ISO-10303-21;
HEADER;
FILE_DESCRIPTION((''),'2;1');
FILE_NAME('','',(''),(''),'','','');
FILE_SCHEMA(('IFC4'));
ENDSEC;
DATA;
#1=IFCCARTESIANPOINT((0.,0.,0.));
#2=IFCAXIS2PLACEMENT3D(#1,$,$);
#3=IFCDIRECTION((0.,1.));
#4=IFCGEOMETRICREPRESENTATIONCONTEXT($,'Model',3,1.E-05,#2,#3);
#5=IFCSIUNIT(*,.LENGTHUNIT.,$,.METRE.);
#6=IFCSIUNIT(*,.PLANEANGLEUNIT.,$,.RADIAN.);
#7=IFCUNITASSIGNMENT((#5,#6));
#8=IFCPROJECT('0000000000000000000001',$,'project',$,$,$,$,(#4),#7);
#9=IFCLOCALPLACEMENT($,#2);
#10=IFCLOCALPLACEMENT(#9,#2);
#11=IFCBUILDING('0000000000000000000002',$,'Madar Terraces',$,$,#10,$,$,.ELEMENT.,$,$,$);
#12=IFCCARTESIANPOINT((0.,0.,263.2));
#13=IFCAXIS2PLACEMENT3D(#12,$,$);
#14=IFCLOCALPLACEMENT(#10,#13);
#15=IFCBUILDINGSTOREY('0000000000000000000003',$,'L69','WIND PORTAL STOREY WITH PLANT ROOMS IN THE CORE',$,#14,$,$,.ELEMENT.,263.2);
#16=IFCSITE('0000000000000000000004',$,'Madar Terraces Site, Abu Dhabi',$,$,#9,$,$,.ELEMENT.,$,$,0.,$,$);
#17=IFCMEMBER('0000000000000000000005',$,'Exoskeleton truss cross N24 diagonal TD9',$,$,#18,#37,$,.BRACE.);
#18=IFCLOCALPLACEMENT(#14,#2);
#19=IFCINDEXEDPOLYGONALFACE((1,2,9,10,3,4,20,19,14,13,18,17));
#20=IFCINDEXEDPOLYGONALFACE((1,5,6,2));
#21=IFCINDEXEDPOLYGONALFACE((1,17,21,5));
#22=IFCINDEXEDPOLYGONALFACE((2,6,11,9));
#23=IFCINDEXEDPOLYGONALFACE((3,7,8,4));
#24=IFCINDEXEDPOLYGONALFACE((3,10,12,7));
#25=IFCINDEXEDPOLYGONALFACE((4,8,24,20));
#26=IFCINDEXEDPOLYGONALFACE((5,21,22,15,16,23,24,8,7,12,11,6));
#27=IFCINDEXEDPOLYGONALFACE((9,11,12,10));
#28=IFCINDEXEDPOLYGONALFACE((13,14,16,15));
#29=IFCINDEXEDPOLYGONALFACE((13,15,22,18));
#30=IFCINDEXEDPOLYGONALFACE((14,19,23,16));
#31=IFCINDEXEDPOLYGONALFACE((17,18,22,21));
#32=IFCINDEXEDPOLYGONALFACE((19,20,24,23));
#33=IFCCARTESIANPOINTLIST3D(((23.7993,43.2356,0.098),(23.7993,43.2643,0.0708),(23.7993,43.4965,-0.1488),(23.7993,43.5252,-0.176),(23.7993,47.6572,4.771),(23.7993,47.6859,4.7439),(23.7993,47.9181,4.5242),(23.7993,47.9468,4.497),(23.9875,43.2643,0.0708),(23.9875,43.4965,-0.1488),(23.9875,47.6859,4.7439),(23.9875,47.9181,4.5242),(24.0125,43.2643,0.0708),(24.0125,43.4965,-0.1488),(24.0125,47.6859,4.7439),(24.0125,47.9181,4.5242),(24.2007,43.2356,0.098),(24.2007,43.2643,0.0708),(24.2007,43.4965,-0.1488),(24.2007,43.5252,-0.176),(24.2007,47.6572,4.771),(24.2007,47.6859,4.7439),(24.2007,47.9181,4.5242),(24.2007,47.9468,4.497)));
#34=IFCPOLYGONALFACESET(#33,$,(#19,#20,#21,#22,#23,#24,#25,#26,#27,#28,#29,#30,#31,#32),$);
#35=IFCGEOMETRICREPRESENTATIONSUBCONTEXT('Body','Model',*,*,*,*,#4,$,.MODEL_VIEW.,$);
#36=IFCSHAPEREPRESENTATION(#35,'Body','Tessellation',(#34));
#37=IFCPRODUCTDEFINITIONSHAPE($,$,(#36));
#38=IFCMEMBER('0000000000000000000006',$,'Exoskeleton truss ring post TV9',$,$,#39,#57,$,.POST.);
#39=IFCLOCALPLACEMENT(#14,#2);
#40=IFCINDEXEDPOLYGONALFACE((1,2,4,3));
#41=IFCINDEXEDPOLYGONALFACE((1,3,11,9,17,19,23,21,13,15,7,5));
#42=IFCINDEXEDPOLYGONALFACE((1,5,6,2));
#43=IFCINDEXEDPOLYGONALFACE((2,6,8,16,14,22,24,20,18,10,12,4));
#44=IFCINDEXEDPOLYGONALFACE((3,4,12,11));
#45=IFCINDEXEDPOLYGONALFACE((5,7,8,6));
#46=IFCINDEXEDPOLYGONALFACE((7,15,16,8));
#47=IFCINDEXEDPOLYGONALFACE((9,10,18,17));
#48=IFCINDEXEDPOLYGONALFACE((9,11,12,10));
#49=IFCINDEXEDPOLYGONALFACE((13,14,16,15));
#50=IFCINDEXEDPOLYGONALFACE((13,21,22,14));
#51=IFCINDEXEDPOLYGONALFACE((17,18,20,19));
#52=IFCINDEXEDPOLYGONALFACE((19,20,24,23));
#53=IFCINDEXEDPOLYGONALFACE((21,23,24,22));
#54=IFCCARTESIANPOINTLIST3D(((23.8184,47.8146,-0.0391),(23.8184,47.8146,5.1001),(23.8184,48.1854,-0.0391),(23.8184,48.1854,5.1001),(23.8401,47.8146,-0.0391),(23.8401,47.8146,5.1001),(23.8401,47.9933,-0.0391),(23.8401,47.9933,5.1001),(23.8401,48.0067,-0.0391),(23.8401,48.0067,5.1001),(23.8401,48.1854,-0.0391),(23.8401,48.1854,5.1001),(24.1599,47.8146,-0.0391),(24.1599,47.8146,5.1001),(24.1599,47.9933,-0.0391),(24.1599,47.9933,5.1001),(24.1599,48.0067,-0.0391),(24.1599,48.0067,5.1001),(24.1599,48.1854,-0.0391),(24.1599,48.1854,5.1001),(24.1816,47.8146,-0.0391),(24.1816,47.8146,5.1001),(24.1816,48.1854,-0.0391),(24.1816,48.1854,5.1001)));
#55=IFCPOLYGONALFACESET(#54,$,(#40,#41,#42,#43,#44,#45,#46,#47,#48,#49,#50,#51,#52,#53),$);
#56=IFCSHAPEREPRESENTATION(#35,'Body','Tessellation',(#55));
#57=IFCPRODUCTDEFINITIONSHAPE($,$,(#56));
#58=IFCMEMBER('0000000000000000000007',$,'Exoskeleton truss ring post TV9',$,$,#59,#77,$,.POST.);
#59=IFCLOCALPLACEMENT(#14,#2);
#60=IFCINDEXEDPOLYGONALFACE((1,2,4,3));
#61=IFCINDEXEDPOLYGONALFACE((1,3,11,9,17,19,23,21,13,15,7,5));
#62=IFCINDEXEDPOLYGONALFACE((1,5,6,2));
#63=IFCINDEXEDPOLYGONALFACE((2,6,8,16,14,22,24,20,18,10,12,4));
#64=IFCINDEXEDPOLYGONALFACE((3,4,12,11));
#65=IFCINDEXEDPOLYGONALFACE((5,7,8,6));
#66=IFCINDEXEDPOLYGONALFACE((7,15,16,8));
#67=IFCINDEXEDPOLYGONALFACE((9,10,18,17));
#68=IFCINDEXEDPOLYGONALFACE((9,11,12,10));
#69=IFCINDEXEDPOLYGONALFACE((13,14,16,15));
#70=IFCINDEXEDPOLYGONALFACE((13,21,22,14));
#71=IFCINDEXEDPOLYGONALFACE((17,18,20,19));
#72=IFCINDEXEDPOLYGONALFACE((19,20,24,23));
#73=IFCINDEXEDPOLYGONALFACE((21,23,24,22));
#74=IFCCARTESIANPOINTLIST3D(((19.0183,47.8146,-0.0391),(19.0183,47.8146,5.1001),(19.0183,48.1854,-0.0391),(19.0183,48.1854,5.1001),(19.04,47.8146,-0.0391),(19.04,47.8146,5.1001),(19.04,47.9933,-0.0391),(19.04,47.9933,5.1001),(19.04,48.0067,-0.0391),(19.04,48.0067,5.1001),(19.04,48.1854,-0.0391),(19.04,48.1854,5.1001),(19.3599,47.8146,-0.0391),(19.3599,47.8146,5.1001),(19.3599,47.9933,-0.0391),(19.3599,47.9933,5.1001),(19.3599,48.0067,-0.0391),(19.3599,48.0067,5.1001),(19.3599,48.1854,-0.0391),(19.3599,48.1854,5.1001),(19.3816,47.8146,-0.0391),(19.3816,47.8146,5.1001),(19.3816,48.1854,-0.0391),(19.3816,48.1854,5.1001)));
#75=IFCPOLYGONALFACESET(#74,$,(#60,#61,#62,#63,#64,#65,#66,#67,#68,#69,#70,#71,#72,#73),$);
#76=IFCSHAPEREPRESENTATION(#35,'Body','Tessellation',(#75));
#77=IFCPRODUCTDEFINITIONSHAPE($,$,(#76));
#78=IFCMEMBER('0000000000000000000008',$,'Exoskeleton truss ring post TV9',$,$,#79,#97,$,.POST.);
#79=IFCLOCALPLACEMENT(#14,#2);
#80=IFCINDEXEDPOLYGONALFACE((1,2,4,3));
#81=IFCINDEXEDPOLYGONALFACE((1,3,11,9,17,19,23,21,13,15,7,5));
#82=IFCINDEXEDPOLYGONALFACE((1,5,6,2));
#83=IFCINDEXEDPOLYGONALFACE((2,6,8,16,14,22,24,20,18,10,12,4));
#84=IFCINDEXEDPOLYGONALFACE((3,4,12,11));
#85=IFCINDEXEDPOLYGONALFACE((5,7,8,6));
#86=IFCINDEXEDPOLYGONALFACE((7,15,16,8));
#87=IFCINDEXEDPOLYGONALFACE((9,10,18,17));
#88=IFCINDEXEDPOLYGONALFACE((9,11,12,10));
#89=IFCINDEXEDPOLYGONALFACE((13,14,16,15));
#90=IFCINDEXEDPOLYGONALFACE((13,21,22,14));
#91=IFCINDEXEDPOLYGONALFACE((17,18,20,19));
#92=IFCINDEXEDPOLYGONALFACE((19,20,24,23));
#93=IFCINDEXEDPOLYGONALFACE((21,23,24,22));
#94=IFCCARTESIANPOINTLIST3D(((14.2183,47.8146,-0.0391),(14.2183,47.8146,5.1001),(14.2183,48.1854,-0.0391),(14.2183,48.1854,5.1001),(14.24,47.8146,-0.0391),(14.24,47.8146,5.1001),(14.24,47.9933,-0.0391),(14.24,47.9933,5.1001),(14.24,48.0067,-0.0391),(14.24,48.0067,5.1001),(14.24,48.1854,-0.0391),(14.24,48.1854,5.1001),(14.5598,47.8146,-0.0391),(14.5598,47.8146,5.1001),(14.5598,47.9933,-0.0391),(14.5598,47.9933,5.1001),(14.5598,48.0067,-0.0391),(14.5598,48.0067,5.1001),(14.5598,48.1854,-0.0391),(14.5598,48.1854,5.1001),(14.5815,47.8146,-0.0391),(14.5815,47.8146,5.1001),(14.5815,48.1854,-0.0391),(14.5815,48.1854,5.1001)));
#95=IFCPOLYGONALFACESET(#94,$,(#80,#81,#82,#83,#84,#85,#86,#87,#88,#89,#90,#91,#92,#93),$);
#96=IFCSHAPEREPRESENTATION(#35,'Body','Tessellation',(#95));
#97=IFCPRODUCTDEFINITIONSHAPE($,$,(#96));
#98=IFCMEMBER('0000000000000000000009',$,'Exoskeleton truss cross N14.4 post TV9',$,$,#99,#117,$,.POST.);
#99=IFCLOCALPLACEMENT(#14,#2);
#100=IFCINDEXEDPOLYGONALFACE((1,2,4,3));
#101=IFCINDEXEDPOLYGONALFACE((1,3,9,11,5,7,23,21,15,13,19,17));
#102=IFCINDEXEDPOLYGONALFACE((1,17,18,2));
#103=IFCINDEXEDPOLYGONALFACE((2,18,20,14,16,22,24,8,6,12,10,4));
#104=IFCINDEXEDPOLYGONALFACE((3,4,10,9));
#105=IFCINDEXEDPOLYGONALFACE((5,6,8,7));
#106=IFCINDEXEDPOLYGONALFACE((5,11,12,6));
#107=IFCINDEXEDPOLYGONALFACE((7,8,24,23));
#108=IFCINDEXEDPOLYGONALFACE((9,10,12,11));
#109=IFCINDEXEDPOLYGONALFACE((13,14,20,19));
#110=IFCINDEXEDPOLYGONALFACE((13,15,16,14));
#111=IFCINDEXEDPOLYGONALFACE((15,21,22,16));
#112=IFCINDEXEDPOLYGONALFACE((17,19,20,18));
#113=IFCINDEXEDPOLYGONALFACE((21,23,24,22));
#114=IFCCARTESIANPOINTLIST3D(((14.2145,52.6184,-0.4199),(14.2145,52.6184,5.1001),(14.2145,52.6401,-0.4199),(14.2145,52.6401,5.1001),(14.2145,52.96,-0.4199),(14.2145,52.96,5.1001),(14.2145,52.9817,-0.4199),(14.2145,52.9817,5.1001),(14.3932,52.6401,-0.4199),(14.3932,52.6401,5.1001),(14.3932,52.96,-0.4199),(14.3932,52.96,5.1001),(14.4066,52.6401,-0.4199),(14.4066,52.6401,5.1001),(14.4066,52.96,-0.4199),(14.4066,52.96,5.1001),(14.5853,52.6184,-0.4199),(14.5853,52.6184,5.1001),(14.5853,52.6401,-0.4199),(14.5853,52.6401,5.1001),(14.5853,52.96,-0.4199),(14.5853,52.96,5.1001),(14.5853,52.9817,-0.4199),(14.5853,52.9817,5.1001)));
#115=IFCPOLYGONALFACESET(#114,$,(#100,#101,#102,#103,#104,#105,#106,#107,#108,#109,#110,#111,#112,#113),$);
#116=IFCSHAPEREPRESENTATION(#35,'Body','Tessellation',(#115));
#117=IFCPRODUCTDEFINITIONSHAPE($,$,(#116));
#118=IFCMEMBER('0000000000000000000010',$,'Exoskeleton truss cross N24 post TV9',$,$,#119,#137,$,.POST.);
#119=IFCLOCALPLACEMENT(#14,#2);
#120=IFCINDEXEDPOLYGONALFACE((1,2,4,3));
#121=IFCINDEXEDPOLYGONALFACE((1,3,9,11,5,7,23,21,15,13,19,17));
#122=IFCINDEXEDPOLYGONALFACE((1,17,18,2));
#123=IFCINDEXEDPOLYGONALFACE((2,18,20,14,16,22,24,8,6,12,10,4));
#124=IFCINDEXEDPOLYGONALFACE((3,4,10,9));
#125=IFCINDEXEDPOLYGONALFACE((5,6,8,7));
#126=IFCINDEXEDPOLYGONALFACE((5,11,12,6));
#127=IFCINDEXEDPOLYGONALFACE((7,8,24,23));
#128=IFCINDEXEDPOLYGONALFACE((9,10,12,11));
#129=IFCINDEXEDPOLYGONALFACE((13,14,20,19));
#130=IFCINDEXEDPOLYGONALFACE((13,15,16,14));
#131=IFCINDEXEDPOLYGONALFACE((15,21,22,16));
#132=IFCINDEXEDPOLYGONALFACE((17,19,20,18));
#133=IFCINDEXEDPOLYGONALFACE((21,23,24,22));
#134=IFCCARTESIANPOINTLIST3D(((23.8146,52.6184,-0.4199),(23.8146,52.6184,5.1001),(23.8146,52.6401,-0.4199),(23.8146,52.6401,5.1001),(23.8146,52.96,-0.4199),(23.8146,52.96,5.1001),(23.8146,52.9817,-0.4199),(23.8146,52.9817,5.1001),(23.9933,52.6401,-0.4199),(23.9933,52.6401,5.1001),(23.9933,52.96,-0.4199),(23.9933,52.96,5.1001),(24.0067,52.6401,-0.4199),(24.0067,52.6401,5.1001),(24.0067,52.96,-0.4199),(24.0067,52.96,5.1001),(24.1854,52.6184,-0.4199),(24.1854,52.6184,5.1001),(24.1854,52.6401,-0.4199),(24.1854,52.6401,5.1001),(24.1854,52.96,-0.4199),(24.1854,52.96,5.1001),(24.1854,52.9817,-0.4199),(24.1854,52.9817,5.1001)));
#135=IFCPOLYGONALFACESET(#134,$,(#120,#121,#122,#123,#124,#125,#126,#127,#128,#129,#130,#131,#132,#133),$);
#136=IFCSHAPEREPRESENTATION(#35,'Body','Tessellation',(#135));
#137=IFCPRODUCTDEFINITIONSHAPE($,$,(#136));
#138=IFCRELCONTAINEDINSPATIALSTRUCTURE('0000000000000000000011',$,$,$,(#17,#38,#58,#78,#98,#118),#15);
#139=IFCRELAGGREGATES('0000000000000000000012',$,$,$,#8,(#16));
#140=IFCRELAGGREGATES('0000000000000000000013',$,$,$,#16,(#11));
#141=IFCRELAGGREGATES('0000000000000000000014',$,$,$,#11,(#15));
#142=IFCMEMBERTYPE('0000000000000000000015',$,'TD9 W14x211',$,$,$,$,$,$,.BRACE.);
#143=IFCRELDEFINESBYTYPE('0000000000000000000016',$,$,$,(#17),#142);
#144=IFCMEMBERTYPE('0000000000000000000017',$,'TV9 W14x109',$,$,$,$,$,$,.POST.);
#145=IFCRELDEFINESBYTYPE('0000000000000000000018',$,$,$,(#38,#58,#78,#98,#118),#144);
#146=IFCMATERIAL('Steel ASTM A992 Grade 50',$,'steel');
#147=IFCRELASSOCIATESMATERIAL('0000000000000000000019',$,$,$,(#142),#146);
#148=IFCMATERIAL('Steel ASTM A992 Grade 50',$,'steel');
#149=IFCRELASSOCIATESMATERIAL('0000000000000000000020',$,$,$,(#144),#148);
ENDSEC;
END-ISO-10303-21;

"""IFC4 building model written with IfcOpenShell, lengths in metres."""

from ifc_helpers import new_model, si_unit, direction, frame, origin, origin_2d, place, context, subcontext, project, spatial, i_section, extrude, material, material_profile, profile_set, type_object, element, save


model = new_model("IFC4")

# Units and contexts
model_context = context("Model", 3, precision=1e-05, world=origin(), true_north=direction((0.0, 1.0)))
body_context = subcontext(model_context, "Body", "Model", "MODEL_VIEW")
ifc_project = project(units=[si_unit("LENGTHUNIT", "METRE"), si_unit("PLANEANGLEUNIT", "RADIAN")], contexts=[model_context])

# Site, building, storey
site_placement = place(None, origin())
site = spatial("IfcSite", under=ifc_project, at=site_placement, Name="Madar Terraces Site, Abu Dhabi", CompositionType="ELEMENT", RefElevation=0.0)
building_placement = place(site_placement, origin())
building = spatial("IfcBuilding", under=site, at=building_placement, Name="Madar Terraces", CompositionType="ELEMENT")
storey_placement = place(building_placement, frame((0.0, 0.0, 263.2)))
storey = spatial("IfcBuildingStorey", under=building, at=storey_placement, Name="L69", Description="WIND PORTAL STOREY WITH PLANT ROOMS IN THE CORE", CompositionType="ELEMENT", Elevation=263.2)

# Members
ifc_material_1 = material(Name="Steel ASTM A992 Grade 50", Category="steel")
ifc_material_profile_1 = material_profile(ifc_material_1, i_section(OverallWidth=0.4014, OverallDepth=0.3987, WebThickness=0.0249, FlangeThickness=0.0396, at=origin_2d()), Name="W14x211")
ifc_profile_set_1 = profile_set([ifc_material_profile_1], Name="Steel ASTM A992 Grade 50")
member_type_1 = type_object("IfcMemberType", Name="TD9 W14x211", PredefinedType="BRACE", material=ifc_profile_set_1)
for number, where, z_axis, x_axis, name in (
    (1, (24.0, 47.802, 4.634), (0.0, -0.687293, -0.72638), (1.0, 0.0, 0.0), "Exoskeleton truss cross N24 diagonal TD9"),
):
    element("IfcMember", number, at=place(storey_placement, frame(where, z_axis=z_axis, x_axis=x_axis)), inside=storey, type_object=member_type_1, Name=name, PredefinedType="BRACE", context=body_context, shape_type="SweptSolid", body=[
        extrude(i_section(OverallWidth=0.4014, OverallDepth=0.3987, WebThickness=0.0249, FlangeThickness=0.0396, at=origin_2d()), origin(), (0.0, 0.0, 1.0), 6.4333),
    ])
ifc_material_2 = material(Name="Steel ASTM A992 Grade 50", Category="steel")
ifc_material_profile_2 = material_profile(ifc_material_2, i_section(OverallWidth=0.3708, OverallDepth=0.3633, WebThickness=0.0134, FlangeThickness=0.0217, at=origin_2d()), Name="W14x109")
ifc_profile_set_2 = profile_set([ifc_material_profile_2], Name="Steel ASTM A992 Grade 50")
member_type_2 = type_object("IfcMemberType", Name="TV9 W14x109", PredefinedType="POST", material=ifc_profile_set_2)
for number, where, z_axis, x_axis, name in (
    (2, (24.0, 48.0, -0.0391), (0.0, 0.0, 1.0), (0.0, -1.0, 0.0), "Exoskeleton truss ring post TV9"),
    (3, (19.2, 48.0, -0.0391), (0.0, 0.0, 1.0), (0.0, -1.0, 0.0), "Exoskeleton truss ring post TV9"),
    (4, (14.3999, 48.0, -0.0391), (0.0, 0.0, 1.0), (0.0, -1.0, 0.0), "Exoskeleton truss ring post TV9"),
):
    element("IfcMember", number, at=place(storey_placement, frame(where, z_axis=z_axis, x_axis=x_axis)), inside=storey, type_object=member_type_2, Name=name, PredefinedType="POST", context=body_context, shape_type="SweptSolid", body=[
        extrude(i_section(OverallWidth=0.3708, OverallDepth=0.3633, WebThickness=0.0134, FlangeThickness=0.0217, at=origin_2d()), origin(), (0.0, 0.0, 1.0), 5.1392),
    ])
for number, where, z_axis, x_axis, name in (
    (5, (14.3999, 52.8, -0.4199), (0.0, 0.0, 1.0), (-1.0, 0.0, 0.0), "Exoskeleton truss cross N14.4 post TV9"),
    (6, (24.0, 52.8, -0.4199), (0.0, 0.0, 1.0), (-1.0, 0.0, 0.0), "Exoskeleton truss cross N24 post TV9"),
):
    element("IfcMember", number, at=place(storey_placement, frame(where, z_axis=z_axis, x_axis=x_axis)), inside=storey, type_object=member_type_2, Name=name, PredefinedType="POST", context=body_context, shape_type="SweptSolid", body=[
        extrude(i_section(OverallWidth=0.3708, OverallDepth=0.3633, WebThickness=0.0134, FlangeThickness=0.0217, at=origin_2d()), origin(), (0.0, 0.0, 1.0), 5.52),
    ])

save(model, "model.ifc")
